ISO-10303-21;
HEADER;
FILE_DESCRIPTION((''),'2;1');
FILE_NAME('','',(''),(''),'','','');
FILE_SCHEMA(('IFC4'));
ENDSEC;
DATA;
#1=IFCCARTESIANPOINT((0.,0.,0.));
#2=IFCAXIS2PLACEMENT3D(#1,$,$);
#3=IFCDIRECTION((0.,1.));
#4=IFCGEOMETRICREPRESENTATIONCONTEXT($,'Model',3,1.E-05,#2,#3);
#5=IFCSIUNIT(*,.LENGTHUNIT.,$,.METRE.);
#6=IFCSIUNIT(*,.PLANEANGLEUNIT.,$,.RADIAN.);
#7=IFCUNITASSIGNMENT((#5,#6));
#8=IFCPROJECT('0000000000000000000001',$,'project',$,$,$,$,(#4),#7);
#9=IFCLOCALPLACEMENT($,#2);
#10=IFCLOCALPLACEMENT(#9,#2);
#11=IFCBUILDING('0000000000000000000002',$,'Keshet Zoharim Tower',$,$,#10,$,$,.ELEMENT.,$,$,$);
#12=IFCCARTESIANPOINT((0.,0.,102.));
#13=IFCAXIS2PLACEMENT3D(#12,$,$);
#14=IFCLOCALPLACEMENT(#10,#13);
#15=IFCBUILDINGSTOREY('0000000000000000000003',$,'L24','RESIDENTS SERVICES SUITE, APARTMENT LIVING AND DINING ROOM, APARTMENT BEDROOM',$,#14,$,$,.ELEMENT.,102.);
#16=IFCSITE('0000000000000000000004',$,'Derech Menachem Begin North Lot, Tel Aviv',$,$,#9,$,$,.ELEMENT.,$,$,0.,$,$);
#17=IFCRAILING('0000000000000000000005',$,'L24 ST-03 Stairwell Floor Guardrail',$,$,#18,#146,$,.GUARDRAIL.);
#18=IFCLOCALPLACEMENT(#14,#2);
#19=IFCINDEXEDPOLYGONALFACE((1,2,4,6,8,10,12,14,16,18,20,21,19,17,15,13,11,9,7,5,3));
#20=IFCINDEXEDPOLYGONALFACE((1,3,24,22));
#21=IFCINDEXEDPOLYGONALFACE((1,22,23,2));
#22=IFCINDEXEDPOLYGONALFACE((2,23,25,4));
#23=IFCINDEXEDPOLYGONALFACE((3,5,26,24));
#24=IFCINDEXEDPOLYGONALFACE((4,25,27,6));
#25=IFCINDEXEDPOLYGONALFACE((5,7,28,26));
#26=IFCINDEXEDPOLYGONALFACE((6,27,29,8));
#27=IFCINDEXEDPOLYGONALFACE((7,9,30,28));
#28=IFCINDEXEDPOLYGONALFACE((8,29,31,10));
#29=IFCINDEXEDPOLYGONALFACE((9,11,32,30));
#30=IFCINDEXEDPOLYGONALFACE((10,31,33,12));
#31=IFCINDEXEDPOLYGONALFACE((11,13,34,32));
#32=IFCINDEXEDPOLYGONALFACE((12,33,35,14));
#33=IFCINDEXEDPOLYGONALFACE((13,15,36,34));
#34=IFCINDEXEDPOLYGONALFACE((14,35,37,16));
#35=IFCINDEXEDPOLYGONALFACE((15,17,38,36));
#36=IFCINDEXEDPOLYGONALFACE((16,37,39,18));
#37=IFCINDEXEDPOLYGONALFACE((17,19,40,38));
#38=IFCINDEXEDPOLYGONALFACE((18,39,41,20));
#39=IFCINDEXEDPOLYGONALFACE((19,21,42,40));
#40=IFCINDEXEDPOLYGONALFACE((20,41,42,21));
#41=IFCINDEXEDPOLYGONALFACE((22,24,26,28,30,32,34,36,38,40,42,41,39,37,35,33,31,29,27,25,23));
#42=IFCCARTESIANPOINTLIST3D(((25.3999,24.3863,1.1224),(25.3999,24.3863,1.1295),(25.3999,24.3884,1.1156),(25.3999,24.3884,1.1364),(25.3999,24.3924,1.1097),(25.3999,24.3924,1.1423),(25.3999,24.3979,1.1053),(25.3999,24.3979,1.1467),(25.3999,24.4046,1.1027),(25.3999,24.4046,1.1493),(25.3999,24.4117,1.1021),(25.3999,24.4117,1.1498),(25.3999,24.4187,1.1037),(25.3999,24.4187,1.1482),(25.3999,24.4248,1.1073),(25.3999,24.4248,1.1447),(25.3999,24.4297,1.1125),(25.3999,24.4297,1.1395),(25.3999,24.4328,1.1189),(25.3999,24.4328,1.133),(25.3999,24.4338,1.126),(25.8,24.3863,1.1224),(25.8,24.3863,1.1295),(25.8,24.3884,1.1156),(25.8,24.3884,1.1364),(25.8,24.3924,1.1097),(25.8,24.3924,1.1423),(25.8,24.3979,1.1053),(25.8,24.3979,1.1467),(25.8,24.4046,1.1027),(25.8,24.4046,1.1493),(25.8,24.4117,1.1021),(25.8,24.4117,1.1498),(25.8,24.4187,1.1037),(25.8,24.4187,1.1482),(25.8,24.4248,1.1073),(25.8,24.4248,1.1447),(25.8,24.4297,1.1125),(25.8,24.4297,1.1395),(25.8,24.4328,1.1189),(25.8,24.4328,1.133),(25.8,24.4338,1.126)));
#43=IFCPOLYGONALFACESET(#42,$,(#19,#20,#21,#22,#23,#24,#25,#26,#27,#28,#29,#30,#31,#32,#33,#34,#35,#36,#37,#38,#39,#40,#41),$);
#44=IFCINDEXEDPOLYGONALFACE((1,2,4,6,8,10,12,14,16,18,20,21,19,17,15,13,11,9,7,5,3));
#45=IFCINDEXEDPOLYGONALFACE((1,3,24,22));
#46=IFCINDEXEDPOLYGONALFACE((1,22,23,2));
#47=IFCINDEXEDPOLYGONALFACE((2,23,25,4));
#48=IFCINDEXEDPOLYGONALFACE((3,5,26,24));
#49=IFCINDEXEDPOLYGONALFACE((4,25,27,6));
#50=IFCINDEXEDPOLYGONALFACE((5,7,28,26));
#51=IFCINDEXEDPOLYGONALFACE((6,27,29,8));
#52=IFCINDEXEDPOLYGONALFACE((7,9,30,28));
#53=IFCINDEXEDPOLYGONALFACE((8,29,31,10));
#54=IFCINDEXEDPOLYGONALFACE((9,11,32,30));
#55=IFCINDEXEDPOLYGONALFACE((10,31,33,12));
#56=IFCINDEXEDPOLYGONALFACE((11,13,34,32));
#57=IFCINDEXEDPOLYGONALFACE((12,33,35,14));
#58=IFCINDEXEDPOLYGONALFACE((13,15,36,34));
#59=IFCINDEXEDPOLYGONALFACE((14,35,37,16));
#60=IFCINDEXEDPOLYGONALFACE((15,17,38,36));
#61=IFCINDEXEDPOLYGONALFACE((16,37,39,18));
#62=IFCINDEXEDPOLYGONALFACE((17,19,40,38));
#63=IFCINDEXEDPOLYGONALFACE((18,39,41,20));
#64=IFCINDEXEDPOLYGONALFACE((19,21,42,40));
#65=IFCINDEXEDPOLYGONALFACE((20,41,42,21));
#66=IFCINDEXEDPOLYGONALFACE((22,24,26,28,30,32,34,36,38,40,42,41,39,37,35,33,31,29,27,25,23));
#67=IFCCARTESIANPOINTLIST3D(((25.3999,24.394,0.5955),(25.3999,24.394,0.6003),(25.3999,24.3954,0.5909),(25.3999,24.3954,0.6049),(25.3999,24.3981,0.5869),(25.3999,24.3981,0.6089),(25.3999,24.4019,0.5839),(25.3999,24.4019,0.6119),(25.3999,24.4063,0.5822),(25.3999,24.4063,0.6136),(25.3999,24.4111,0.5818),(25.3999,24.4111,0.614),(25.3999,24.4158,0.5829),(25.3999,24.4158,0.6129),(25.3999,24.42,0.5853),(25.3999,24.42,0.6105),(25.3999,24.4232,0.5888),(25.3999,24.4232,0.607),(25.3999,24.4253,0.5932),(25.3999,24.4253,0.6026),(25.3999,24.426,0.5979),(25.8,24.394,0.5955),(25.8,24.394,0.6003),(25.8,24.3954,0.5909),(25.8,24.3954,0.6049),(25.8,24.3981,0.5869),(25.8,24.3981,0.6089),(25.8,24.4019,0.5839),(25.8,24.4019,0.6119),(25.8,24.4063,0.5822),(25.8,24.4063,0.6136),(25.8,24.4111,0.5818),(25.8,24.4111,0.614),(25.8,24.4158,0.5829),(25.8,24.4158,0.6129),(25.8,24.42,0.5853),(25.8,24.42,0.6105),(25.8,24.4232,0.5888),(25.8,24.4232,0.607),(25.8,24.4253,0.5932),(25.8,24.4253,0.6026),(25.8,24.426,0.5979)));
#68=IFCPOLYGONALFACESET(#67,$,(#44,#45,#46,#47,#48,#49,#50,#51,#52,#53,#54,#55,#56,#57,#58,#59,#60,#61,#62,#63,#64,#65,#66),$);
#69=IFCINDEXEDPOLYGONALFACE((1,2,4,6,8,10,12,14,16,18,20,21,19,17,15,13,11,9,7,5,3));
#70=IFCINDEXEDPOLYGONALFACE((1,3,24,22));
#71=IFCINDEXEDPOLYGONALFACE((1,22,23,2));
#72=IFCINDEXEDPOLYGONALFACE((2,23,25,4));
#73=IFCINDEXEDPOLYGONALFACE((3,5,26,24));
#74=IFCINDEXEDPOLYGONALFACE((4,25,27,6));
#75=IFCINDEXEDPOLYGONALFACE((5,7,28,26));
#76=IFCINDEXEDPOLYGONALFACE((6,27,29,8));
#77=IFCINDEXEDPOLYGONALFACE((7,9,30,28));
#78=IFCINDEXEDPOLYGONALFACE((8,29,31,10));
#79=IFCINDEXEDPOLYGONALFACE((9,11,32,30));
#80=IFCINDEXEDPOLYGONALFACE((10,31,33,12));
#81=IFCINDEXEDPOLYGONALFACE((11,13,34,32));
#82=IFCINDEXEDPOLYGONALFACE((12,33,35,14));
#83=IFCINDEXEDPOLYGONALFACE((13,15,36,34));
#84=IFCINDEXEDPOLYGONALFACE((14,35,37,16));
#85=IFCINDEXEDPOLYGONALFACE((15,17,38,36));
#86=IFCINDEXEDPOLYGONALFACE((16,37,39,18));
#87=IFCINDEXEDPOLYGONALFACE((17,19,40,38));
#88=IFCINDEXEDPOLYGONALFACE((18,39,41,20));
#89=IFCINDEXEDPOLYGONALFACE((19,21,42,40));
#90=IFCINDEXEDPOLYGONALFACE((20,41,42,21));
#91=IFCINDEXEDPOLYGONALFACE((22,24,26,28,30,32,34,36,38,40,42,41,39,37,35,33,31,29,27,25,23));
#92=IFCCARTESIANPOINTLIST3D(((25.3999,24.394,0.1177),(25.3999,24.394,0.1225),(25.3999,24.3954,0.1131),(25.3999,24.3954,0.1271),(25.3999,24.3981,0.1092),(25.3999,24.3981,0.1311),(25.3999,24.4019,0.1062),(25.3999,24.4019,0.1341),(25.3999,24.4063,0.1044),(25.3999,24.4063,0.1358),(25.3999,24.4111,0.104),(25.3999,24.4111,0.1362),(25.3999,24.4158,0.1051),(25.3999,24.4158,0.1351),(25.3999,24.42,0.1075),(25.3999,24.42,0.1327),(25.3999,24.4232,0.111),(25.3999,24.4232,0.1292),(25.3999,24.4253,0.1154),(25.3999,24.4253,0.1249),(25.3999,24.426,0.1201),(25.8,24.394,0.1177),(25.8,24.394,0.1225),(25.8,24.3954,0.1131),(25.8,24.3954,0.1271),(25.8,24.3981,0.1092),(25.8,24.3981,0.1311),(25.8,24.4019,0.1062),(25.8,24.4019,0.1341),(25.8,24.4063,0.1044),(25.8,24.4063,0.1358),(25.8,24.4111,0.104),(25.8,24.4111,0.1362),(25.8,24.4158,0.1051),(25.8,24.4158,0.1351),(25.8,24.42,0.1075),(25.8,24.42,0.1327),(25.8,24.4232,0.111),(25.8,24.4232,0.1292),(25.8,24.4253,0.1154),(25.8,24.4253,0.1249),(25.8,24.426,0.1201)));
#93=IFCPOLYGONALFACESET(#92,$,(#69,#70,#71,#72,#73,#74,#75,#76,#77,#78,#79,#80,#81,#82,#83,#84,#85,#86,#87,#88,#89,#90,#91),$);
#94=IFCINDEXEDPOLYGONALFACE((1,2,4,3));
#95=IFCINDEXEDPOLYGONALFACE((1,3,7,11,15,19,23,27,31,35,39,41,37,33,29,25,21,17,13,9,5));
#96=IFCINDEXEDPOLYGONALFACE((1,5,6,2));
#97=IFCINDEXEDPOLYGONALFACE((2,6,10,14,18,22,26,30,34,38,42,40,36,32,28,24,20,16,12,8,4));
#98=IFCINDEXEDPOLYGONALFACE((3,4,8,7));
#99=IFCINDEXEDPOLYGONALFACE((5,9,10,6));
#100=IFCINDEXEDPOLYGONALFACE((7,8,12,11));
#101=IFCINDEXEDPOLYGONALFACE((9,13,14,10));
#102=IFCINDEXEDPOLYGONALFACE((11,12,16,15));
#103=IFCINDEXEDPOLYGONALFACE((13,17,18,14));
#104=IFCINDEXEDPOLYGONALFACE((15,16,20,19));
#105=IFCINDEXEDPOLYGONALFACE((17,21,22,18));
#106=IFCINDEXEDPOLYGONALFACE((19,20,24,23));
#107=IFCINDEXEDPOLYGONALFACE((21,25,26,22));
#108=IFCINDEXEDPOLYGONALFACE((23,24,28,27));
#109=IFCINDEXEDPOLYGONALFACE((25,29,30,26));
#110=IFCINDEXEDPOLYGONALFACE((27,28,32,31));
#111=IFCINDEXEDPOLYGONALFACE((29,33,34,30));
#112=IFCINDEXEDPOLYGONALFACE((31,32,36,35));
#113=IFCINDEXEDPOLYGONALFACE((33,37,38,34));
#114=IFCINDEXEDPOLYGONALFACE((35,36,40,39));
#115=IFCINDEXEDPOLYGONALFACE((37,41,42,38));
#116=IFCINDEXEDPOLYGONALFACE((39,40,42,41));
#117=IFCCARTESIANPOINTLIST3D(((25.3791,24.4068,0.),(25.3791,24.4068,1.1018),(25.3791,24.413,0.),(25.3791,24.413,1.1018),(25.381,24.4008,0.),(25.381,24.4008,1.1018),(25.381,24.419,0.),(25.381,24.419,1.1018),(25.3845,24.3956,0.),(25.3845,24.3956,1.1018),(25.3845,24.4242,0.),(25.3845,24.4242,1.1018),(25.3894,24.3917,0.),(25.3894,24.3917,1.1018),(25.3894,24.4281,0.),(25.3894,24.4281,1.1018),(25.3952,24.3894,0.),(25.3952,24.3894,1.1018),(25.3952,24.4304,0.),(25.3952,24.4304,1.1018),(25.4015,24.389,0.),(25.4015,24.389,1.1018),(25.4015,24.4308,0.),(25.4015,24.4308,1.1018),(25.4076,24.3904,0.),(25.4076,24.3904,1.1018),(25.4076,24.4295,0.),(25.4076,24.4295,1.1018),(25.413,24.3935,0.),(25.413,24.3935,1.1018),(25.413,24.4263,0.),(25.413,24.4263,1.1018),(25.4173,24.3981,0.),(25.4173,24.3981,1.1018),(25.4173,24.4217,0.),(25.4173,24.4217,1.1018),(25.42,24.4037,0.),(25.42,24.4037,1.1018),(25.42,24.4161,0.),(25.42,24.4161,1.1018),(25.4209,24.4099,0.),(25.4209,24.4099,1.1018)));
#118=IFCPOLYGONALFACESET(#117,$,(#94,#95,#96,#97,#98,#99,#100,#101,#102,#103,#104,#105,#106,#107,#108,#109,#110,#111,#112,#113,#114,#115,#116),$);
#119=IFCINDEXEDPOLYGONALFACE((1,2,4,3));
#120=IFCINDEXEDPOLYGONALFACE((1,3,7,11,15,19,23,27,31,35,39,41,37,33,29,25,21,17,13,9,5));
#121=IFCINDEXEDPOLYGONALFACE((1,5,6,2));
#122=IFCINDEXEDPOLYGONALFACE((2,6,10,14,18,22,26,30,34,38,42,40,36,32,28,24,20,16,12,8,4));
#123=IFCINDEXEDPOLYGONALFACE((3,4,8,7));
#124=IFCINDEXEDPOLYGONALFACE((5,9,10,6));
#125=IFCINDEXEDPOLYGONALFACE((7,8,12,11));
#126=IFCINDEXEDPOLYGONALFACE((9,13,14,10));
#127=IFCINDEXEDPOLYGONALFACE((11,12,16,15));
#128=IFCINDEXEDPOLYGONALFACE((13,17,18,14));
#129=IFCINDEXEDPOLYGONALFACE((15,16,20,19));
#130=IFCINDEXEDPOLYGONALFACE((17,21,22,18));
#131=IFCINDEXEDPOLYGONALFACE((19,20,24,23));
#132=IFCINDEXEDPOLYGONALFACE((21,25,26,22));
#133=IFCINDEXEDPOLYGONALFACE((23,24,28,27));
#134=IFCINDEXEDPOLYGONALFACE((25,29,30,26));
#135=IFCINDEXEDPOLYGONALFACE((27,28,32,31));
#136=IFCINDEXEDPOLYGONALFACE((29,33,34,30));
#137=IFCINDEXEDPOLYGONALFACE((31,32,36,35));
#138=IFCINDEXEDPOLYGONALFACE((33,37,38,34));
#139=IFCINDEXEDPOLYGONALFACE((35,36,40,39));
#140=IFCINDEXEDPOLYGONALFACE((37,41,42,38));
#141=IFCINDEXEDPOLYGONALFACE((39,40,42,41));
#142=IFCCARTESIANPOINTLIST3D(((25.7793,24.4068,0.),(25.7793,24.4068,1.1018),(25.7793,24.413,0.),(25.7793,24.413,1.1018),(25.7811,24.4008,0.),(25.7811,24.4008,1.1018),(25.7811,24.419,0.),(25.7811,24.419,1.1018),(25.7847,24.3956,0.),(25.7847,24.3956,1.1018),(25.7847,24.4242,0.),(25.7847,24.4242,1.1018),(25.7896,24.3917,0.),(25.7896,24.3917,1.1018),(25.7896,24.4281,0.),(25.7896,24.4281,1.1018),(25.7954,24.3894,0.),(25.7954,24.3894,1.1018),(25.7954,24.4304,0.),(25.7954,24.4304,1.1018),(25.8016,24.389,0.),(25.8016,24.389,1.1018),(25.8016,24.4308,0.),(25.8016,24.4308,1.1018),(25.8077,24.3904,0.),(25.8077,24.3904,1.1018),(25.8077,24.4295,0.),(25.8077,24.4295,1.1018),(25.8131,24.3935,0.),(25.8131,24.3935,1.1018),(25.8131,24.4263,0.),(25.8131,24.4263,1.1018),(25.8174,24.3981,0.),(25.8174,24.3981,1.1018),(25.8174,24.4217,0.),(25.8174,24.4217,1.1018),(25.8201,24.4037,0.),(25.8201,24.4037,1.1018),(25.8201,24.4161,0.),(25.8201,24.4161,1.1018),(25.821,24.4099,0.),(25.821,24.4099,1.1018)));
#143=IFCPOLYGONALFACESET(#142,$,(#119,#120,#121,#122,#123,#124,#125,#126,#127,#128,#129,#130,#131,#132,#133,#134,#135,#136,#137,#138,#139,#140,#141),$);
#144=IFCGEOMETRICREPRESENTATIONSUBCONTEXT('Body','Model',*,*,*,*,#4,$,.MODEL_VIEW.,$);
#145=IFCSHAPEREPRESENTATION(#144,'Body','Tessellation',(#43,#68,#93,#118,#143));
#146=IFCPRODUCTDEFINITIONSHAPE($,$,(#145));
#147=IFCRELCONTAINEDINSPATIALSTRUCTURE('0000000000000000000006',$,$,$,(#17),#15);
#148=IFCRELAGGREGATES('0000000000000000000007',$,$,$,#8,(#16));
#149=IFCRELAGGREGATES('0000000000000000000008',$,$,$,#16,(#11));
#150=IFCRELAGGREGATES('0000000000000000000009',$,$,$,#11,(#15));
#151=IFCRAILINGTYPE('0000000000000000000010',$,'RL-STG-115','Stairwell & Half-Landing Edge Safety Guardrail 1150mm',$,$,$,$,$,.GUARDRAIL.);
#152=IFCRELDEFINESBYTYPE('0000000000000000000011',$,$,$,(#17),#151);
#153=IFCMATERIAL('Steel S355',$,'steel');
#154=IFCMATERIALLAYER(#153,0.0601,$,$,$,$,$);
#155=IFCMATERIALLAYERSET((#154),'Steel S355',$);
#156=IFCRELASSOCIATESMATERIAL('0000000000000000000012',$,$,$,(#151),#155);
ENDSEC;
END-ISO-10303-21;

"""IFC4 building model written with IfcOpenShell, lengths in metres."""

from ifc_helpers import new_model, si_unit, direction, frame, origin, origin_2d, place, context, subcontext, project, spatial, circle, extrude, material, layer, layer_set, type_object, element, save


model = new_model("IFC4")

# Units and contexts
model_context = context("Model", 3, precision=1e-05, world=origin(), true_north=direction((0.0, 1.0)))
body_context = subcontext(model_context, "Body", "Model", "MODEL_VIEW")
ifc_project = project(units=[si_unit("LENGTHUNIT", "METRE"), si_unit("PLANEANGLEUNIT", "RADIAN")], contexts=[model_context])

# Site, building, storey
site_placement = place(None, origin())
site = spatial("IfcSite", under=ifc_project, at=site_placement, Name="Derech Menachem Begin North Lot, Tel Aviv", CompositionType="ELEMENT", RefElevation=0.0)
building_placement = place(site_placement, origin())
building = spatial("IfcBuilding", under=site, at=building_placement, Name="Keshet Zoharim Tower", CompositionType="ELEMENT")
storey_placement = place(building_placement, frame((0.0, 0.0, 102.0)))
storey = spatial("IfcBuildingStorey", under=building, at=storey_placement, Name="L24", Description="RESIDENTS SERVICES SUITE, APARTMENT LIVING AND DINING ROOM, APARTMENT BEDROOM", CompositionType="ELEMENT", Elevation=102.0)

# Shared definitions
ifc_material_1 = material(Name="Steel S355", Category="steel")

# Railing
ifc_layer_1 = layer(ifc_material_1, 0.0601)
ifc_layer_set_1 = layer_set([ifc_layer_1], Name="Steel S355")
railing_type_1 = type_object("IfcRailingType", Name="RL-STG-115", Description="Stairwell & Half-Landing Edge Safety Guardrail 1150mm", PredefinedType="GUARDRAIL", material=ifc_layer_set_1)
railing_1_placement = place(storey_placement, frame((25.3999, 24.4099, 0.0)))
element("IfcRailing", 1, at=railing_1_placement, inside=storey, type_object=railing_type_1, Name="L24 ST-03 Stairwell Floor Guardrail", PredefinedType="GUARDRAIL", context=body_context, shape_type="SweptSolid", body=[
    extrude(circle(Radius=0.0239, at=origin_2d()), frame((0.0, 0.0, 1.126), z_axis=(1.0, 0.0, 0.0), x_axis=(0.0, 1.0, 0.0)), (0.0, 0.0, 1.0), 0.4001),
    extrude(circle(Radius=0.0161, at=origin_2d()), frame((0.0, 0.0, 0.5979), z_axis=(1.0, 0.0, 0.0), x_axis=(0.0, 1.0, 0.0)), (0.0, 0.0, 1.0), 0.4001),
    extrude(circle(Radius=0.0161, at=origin_2d()), frame((0.0, 0.0, 0.1201), z_axis=(1.0, 0.0, 0.0), x_axis=(0.0, 1.0, 0.0)), (0.0, 0.0, 1.0), 0.4001),
    extrude(circle(Radius=0.021, at=origin_2d()), origin(), (0.0, 0.0, 1.0), 1.1018),
    extrude(circle(Radius=0.021, at=origin_2d()), frame((0.4001, 0.0, 0.0)), (0.0, 0.0, 1.0), 1.1018),
])

save(model, "model.ifc")
